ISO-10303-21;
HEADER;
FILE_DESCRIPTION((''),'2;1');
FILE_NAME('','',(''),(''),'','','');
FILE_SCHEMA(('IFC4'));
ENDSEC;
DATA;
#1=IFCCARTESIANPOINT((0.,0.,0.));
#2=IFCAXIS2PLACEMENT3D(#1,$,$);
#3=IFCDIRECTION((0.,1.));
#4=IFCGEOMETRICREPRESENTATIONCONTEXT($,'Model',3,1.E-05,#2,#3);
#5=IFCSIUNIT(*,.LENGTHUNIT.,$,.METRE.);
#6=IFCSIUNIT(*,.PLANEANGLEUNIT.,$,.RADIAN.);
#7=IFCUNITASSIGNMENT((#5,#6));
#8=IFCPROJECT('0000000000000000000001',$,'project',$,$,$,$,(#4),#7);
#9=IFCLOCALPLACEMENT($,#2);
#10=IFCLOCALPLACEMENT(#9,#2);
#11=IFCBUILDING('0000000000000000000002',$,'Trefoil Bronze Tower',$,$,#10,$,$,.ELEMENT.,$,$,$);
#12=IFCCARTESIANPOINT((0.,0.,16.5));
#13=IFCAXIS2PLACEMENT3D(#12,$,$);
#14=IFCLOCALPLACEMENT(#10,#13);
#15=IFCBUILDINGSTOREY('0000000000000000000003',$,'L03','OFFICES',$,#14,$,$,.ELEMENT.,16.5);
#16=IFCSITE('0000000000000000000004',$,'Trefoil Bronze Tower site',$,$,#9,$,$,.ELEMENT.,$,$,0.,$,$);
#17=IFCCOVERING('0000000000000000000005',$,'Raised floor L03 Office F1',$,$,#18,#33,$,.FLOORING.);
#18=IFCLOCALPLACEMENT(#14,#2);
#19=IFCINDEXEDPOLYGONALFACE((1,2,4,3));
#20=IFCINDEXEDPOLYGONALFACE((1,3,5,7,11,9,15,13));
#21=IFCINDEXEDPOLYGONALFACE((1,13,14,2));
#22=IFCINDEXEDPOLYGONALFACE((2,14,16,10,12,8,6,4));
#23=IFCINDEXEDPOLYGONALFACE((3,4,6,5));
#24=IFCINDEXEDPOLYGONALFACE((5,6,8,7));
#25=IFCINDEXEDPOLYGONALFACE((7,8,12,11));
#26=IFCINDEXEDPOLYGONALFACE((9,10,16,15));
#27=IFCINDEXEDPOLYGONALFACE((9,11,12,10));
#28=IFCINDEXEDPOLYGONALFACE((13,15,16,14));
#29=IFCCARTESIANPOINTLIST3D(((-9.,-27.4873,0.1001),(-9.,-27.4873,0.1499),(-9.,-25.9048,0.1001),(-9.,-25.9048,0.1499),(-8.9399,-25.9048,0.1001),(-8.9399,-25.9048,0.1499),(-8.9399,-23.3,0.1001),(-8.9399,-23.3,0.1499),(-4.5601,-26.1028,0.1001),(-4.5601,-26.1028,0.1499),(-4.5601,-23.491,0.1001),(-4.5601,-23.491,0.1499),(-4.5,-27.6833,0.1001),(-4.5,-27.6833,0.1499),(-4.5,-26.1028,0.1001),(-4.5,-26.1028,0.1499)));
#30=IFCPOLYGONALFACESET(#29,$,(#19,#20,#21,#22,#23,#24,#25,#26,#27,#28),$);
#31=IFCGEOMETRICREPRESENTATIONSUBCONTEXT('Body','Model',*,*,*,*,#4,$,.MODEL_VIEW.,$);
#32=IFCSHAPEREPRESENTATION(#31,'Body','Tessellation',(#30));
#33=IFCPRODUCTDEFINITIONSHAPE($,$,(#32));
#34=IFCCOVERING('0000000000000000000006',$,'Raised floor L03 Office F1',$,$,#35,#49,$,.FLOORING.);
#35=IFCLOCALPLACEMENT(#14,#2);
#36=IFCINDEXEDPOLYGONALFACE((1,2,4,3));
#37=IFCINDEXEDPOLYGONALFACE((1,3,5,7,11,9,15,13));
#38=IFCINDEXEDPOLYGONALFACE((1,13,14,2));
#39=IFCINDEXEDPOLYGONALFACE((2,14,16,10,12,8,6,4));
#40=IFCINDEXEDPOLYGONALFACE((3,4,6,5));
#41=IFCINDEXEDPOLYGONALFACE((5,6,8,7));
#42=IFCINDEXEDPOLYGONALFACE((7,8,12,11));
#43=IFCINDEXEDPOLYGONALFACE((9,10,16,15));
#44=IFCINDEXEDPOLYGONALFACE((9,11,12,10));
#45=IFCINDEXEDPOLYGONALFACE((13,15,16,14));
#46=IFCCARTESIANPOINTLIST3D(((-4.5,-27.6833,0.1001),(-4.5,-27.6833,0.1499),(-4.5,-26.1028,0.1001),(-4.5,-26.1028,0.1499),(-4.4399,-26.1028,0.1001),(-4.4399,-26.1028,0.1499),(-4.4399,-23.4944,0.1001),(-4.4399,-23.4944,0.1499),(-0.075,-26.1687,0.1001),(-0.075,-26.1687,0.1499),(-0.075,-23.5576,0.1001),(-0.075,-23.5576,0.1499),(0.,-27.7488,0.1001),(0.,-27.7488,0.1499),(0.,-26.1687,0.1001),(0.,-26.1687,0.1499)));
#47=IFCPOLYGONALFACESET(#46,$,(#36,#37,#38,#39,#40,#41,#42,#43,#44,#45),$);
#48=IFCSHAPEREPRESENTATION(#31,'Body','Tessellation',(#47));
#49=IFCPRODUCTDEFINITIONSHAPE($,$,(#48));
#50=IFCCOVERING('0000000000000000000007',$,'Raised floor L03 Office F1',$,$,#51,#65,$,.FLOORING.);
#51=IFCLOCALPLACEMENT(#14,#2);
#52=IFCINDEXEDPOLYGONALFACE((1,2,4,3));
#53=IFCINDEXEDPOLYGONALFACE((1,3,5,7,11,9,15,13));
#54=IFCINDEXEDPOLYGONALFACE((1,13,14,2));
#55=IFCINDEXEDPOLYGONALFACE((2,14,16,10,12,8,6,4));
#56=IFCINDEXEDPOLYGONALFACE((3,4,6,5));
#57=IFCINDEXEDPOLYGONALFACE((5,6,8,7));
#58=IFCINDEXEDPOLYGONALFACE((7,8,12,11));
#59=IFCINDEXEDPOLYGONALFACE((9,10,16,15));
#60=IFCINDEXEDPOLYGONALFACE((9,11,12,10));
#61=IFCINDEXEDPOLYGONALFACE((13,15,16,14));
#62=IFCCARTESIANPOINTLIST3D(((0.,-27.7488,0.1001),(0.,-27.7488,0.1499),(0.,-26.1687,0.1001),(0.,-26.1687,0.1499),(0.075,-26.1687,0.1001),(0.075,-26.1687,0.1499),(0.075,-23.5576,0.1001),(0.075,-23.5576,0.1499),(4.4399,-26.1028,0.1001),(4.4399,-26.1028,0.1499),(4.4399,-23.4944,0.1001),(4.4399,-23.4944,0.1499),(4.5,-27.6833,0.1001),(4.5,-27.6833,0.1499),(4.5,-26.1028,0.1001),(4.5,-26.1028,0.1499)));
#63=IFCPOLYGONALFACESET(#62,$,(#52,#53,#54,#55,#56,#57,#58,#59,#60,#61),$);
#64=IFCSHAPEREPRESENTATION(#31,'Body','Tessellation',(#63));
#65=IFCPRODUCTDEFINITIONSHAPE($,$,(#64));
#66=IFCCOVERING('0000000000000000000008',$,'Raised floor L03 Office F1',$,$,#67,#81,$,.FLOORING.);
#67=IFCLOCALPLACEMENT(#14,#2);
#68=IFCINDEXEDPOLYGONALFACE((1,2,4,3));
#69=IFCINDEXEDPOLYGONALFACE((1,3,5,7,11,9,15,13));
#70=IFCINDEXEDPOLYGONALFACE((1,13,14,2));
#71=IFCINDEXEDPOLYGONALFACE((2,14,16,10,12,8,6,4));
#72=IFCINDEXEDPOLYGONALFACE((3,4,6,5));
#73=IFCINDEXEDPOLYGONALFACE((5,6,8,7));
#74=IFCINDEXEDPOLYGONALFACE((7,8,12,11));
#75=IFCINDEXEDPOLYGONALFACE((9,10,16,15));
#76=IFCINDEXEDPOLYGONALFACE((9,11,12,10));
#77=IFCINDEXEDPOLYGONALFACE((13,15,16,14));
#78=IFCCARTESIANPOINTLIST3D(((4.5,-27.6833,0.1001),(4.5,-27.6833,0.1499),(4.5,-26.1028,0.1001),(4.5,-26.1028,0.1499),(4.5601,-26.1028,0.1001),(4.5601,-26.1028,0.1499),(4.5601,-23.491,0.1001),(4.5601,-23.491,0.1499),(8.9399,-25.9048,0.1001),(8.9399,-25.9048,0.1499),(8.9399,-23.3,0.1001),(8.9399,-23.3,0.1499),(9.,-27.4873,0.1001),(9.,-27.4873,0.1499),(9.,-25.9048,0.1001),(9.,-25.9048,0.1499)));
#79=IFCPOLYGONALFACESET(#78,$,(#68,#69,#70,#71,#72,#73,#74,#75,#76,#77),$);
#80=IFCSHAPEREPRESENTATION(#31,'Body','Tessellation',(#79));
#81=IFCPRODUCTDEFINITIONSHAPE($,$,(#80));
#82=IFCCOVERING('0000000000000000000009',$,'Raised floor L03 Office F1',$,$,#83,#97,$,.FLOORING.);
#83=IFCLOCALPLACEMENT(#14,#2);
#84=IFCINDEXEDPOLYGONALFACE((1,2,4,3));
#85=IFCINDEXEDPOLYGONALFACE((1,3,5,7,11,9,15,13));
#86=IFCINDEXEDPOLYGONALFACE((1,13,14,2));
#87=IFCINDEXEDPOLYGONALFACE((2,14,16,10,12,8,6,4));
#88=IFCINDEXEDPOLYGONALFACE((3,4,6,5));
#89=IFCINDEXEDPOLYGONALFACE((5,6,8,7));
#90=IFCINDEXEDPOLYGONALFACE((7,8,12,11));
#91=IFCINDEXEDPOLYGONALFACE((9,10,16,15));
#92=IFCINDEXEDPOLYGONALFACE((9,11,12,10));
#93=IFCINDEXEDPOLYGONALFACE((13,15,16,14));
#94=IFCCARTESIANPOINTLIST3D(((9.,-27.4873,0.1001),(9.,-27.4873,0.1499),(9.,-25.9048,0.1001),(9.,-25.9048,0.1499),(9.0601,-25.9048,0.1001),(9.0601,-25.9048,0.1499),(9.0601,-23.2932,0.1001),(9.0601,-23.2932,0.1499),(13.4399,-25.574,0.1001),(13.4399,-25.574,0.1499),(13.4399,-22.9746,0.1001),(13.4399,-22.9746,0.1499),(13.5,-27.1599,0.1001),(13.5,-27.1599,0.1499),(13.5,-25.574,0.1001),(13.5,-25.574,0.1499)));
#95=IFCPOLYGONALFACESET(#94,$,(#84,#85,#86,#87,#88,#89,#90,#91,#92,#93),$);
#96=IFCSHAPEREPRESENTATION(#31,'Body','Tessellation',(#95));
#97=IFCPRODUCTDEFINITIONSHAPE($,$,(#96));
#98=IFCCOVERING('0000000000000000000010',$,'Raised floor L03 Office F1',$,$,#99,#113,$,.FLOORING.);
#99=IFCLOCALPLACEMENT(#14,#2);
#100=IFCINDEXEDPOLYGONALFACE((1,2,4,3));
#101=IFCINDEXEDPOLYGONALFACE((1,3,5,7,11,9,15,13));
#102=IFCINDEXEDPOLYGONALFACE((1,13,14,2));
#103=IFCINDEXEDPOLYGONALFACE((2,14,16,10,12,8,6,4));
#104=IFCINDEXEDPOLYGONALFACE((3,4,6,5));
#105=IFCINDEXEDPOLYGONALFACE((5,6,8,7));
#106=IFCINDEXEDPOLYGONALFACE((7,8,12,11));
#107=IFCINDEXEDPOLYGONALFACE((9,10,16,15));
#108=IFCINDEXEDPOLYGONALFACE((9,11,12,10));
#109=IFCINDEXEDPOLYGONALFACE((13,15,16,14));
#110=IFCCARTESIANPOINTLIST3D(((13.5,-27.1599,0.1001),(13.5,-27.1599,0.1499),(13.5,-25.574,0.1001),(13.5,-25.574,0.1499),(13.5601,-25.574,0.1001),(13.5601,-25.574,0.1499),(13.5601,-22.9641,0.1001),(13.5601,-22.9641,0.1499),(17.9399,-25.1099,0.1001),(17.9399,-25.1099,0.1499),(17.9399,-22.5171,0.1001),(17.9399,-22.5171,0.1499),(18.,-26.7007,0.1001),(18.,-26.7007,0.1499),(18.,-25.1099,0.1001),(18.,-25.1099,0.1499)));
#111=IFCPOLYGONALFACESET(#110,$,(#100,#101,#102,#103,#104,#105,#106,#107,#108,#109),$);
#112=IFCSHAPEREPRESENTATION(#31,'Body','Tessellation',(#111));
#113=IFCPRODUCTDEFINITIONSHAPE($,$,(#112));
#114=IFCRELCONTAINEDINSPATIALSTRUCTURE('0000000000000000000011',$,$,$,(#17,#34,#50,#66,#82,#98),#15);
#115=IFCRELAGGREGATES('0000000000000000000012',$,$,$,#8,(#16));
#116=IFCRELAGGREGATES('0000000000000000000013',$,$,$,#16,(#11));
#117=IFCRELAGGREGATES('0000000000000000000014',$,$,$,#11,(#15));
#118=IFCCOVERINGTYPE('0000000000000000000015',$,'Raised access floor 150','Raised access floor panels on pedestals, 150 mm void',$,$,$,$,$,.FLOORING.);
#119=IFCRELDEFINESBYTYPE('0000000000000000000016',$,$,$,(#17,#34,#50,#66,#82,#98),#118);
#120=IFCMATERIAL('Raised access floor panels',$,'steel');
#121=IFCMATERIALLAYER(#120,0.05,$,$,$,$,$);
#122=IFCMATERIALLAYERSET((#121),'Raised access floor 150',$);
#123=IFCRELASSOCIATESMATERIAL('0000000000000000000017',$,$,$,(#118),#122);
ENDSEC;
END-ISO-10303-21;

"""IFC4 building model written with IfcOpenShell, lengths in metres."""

from ifc_helpers import new_model, si_unit, direction, frame, origin, place, context, subcontext, project, spatial, polyline, outline, extrude, material, layer, layer_set, type_object, element, save


model = new_model("IFC4")

# Units and contexts
model_context = context("Model", 3, precision=1e-05, world=origin(), true_north=direction((0.0, 1.0)))
body_context = subcontext(model_context, "Body", "Model", "MODEL_VIEW")
ifc_project = project(units=[si_unit("LENGTHUNIT", "METRE"), si_unit("PLANEANGLEUNIT", "RADIAN")], contexts=[model_context])

# Site, building, storey
site_placement = place(None, origin())
site = spatial("IfcSite", under=ifc_project, at=site_placement, Name="Trefoil Bronze Tower site", CompositionType="ELEMENT", RefElevation=0.0)
building_placement = place(site_placement, origin())
building = spatial("IfcBuilding", under=site, at=building_placement, Name="Trefoil Bronze Tower", CompositionType="ELEMENT")
storey_placement = place(building_placement, frame((0.0, 0.0, 16.5)))
storey = spatial("IfcBuildingStorey", under=building, at=storey_placement, Name="L03", Description="OFFICES", CompositionType="ELEMENT", Elevation=16.5)

# Coverings
ifc_material_1 = material(Name="Raised access floor panels", Category="steel")
ifc_layer_1 = layer(ifc_material_1, 0.05)
ifc_layer_set_1 = layer_set([ifc_layer_1], Name="Raised access floor 150")
covering_type_1 = type_object("IfcCoveringType", Name="Raised access floor 150", Description="Raised access floor panels on pedestals, 150 mm void", PredefinedType="FLOORING", material=ifc_layer_set_1)
covering_1_placement = place(storey_placement, frame((0.0, 0.0, 0.1001)))
element("IfcCovering", 1, at=covering_1_placement, inside=storey, type_object=covering_type_1, Name="Raised floor L03 Office F1", PredefinedType="FLOORING", context=body_context, shape_type="SweptSolid", body=[
    extrude(outline(polyline([(-4.5, -27.6833), (-9.0, -27.4873), (-9.0, -25.9048), (-8.9399, -25.9048), (-8.9399, -23.3), (-4.5601, -23.491), (-4.5601, -26.1028), (-4.5, -26.1028), (-4.5, -27.6833)])), origin(), (0.0, 0.0, 1.0), 0.0498),
])
covering_2_placement = place(storey_placement, frame((0.0, 0.0, 0.1001)))
element("IfcCovering", 2, at=covering_2_placement, inside=storey, type_object=covering_type_1, Name="Raised floor L03 Office F1", PredefinedType="FLOORING", context=body_context, shape_type="SweptSolid", body=[
    extrude(outline(polyline([(0.0, -27.7488), (-4.5, -27.6833), (-4.5, -26.1028), (-4.4399, -26.1028), (-4.4399, -23.4944), (-0.075, -23.5576), (-0.075, -26.1687), (0.0, -26.1687), (0.0, -27.7488)])), origin(), (0.0, 0.0, 1.0), 0.0498),
])
covering_3_placement = place(storey_placement, frame((0.0, 0.0, 0.1001)))
element("IfcCovering", 3, at=covering_3_placement, inside=storey, type_object=covering_type_1, Name="Raised floor L03 Office F1", PredefinedType="FLOORING", context=body_context, shape_type="SweptSolid", body=[
    extrude(outline(polyline([(4.5, -27.6833), (0.0, -27.7488), (0.0, -26.1687), (0.075, -26.1687), (0.075, -23.5576), (4.4399, -23.4944), (4.4399, -26.1028), (4.5, -26.1028), (4.5, -27.6833)])), origin(), (0.0, 0.0, 1.0), 0.0498),
])
covering_4_placement = place(storey_placement, frame((0.0, 0.0, 0.1001)))
element("IfcCovering", 4, at=covering_4_placement, inside=storey, type_object=covering_type_1, Name="Raised floor L03 Office F1", PredefinedType="FLOORING", context=body_context, shape_type="SweptSolid", body=[
    extrude(outline(polyline([(9.0, -27.4873), (4.5, -27.6833), (4.5, -26.1028), (4.5601, -26.1028), (4.5601, -23.491), (8.9399, -23.3), (8.9399, -25.9048), (9.0, -25.9048), (9.0, -27.4873)])), origin(), (0.0, 0.0, 1.0), 0.0498),
])
covering_5_placement = place(storey_placement, frame((0.0, 0.0, 0.1001)))
element("IfcCovering", 5, at=covering_5_placement, inside=storey, type_object=covering_type_1, Name="Raised floor L03 Office F1", PredefinedType="FLOORING", context=body_context, shape_type="SweptSolid", body=[
    extrude(outline(polyline([(13.5, -27.1599), (9.0, -27.4873), (9.0, -25.9048), (9.0601, -25.9048), (9.0601, -23.2932), (13.4399, -22.9746), (13.4399, -25.574), (13.5, -25.574), (13.5, -27.1599)])), origin(), (0.0, 0.0, 1.0), 0.0498),
])
covering_6_placement = place(storey_placement, frame((0.0, 0.0, 0.1001)))
element("IfcCovering", 6, at=covering_6_placement, inside=storey, type_object=covering_type_1, Name="Raised floor L03 Office F1", PredefinedType="FLOORING", context=body_context, shape_type="SweptSolid", body=[
    extrude(outline(polyline([(18.0, -26.7007), (13.5, -27.1599), (13.5, -25.574), (13.5601, -25.574), (13.5601, -22.9641), (17.9399, -22.5171), (17.9399, -25.1099), (18.0, -25.1099), (18.0, -26.7007)])), origin(), (0.0, 0.0, 1.0), 0.0498),
])

save(model, "model.ifc")
